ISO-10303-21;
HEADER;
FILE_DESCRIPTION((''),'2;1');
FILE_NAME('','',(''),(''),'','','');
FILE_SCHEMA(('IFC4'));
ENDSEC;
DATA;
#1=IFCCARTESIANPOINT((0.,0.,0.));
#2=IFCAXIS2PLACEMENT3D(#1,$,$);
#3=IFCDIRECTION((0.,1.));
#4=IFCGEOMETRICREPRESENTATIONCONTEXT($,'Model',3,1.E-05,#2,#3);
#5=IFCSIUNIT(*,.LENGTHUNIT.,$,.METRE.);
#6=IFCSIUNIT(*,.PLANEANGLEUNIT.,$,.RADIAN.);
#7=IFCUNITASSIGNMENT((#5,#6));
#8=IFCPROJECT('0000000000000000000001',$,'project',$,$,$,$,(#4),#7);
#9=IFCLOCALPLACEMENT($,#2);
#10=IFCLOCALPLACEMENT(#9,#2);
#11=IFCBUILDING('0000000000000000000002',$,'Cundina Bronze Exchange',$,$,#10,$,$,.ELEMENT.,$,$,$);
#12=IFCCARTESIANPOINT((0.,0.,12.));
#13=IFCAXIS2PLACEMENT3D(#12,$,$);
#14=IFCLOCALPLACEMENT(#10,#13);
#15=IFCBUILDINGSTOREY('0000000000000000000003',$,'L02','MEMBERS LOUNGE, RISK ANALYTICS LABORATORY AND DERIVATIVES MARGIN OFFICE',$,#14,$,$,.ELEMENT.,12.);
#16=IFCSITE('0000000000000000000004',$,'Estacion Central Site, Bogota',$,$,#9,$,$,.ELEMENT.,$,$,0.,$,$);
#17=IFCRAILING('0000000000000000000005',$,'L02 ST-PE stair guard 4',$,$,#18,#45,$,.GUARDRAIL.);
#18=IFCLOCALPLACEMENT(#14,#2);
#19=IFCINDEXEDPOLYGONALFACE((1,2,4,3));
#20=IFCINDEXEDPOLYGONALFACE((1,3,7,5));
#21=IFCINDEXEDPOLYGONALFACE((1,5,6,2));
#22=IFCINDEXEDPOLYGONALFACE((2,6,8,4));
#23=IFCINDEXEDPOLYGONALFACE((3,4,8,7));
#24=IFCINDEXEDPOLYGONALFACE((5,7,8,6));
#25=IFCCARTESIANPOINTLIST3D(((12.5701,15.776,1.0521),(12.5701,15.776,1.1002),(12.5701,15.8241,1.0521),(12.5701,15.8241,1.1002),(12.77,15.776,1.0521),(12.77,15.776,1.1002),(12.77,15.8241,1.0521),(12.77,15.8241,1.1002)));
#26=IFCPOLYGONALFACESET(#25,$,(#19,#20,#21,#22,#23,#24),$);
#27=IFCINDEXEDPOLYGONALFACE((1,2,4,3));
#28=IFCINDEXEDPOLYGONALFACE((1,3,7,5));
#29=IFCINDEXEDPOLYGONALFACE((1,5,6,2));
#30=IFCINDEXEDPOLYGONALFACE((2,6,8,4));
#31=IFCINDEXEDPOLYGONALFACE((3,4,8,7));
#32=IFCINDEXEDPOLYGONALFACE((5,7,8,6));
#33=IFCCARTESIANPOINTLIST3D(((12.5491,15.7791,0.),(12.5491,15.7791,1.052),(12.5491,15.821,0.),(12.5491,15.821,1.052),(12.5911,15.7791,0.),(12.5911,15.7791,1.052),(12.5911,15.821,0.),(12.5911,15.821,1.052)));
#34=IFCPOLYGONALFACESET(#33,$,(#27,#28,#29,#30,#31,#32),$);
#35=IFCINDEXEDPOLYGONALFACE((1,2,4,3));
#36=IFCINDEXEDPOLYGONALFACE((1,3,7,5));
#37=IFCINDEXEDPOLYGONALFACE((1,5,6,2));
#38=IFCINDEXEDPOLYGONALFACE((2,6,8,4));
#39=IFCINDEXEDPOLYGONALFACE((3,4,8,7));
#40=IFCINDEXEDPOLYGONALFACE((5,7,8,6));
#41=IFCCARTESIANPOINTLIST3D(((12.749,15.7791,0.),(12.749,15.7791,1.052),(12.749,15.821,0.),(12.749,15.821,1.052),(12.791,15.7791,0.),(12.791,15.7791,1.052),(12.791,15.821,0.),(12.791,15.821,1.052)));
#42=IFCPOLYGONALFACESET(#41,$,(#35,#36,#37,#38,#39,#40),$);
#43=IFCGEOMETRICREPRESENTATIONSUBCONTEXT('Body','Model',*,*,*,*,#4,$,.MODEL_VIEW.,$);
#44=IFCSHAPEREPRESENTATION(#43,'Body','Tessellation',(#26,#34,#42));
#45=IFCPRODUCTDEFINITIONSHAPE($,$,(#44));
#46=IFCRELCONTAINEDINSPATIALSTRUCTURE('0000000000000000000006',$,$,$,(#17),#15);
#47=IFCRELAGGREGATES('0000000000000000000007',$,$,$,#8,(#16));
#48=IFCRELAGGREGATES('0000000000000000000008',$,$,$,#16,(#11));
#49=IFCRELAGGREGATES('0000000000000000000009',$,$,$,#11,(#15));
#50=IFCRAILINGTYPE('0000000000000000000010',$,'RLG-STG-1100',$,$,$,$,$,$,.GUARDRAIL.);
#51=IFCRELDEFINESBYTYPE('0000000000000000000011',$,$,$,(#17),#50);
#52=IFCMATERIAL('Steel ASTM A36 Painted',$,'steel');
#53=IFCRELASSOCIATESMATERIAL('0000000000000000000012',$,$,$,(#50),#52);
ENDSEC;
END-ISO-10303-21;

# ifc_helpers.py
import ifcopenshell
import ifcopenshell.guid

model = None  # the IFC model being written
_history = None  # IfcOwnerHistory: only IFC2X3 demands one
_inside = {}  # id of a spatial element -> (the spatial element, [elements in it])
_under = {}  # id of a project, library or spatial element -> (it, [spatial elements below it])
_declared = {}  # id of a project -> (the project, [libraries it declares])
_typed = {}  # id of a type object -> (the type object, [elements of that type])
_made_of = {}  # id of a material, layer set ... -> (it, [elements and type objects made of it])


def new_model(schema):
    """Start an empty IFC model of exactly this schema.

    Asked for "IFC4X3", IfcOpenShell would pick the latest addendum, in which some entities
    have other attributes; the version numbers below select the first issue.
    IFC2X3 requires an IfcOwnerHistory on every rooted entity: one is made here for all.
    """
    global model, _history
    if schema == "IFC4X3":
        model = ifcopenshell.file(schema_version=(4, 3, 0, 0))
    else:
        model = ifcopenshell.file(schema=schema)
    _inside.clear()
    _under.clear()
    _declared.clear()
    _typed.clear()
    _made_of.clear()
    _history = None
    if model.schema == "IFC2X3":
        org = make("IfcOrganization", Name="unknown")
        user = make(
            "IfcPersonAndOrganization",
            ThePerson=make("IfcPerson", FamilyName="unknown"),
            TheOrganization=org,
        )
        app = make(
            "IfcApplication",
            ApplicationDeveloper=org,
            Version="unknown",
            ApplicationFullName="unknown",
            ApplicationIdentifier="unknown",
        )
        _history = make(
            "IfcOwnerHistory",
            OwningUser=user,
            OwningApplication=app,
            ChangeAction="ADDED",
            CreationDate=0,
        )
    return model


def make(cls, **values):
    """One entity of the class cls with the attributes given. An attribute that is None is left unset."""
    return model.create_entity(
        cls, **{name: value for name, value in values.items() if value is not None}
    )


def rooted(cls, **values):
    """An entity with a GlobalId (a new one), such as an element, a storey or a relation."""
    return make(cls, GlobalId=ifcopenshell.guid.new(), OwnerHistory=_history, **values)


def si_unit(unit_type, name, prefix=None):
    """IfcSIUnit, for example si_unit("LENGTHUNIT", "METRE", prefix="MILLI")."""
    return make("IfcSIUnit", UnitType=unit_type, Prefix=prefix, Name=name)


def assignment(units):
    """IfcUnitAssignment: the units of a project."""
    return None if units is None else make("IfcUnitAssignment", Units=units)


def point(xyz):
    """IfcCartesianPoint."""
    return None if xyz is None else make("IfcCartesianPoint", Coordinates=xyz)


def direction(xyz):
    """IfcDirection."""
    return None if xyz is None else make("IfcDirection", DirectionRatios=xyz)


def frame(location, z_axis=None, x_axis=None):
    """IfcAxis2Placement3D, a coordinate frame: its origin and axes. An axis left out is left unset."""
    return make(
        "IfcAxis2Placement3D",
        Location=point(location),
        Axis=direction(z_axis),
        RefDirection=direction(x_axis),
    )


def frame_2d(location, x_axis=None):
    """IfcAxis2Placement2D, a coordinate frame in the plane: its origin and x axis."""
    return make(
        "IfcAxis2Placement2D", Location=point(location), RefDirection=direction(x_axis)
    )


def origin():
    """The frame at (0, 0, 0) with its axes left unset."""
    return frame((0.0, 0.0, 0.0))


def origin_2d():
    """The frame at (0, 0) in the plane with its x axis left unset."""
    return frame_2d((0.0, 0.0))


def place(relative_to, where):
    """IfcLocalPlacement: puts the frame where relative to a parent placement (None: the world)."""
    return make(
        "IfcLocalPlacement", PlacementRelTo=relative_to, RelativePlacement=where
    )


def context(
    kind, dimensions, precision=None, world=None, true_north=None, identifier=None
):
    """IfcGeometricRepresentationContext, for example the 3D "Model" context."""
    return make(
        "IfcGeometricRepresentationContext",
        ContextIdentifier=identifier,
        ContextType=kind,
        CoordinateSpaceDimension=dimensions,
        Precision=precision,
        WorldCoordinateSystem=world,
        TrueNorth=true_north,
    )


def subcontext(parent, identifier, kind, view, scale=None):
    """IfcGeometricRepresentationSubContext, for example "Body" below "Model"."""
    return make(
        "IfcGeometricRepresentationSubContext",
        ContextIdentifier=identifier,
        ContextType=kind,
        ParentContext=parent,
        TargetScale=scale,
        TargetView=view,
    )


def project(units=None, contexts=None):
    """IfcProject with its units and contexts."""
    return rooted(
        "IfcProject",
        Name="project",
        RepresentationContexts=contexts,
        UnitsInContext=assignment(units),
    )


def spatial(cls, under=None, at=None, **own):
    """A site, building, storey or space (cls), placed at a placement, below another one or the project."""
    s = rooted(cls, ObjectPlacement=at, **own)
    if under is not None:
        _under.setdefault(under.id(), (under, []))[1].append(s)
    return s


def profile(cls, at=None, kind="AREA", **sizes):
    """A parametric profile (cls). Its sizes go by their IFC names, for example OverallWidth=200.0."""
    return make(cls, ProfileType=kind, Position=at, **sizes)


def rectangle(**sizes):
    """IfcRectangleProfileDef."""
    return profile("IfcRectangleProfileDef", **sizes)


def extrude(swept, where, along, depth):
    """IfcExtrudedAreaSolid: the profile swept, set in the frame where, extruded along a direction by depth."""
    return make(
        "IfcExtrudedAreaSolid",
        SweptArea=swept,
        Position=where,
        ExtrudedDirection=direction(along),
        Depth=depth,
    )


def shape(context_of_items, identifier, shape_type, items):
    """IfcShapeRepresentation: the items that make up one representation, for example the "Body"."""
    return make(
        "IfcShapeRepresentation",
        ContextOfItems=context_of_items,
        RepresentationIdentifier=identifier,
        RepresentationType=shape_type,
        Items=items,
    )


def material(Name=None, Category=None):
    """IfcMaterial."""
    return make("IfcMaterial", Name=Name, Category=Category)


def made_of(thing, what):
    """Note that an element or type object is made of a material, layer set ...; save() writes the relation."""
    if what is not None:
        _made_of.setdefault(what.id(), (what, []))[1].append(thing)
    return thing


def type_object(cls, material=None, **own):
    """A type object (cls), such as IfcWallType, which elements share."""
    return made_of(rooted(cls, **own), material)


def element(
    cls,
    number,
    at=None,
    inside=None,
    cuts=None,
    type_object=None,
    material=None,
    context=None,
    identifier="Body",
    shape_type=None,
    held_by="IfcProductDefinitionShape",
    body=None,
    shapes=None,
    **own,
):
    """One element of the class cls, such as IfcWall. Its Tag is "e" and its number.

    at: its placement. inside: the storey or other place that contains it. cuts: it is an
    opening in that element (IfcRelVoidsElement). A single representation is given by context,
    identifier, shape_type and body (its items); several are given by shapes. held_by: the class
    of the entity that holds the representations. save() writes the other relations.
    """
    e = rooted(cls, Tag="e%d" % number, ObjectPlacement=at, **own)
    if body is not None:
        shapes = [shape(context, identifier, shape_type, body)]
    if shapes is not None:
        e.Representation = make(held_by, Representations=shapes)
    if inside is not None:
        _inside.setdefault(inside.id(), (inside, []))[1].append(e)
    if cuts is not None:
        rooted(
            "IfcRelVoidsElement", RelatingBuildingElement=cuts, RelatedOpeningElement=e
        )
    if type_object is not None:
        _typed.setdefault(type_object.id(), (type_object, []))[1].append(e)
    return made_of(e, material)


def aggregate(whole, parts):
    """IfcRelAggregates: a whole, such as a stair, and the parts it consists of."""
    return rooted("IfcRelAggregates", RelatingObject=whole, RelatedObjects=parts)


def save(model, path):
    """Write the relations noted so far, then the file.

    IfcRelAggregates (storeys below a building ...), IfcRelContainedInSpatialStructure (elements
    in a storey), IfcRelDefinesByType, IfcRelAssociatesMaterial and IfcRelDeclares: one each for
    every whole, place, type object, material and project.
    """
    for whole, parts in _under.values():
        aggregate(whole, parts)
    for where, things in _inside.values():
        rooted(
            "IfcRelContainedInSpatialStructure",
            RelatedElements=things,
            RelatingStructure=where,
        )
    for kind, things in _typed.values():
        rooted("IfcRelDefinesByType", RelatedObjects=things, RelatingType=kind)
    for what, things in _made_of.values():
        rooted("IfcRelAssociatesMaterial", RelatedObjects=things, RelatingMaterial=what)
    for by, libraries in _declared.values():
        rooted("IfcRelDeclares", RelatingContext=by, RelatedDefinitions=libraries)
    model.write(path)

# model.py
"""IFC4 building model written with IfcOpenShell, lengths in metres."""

from ifc_helpers import new_model, si_unit, direction, frame, origin, origin_2d, place, context, subcontext, project, spatial, rectangle, extrude, material, type_object, element, save


model = new_model("IFC4")

# Units and contexts
model_context = context("Model", 3, precision=1e-05, world=origin(), true_north=direction((0.0, 1.0)))
body_context = subcontext(model_context, "Body", "Model", "MODEL_VIEW")
ifc_project = project(units=[si_unit("LENGTHUNIT", "METRE"), si_unit("PLANEANGLEUNIT", "RADIAN")], contexts=[model_context])

# Site, building, storey
site_placement = place(None, origin())
site = spatial("IfcSite", under=ifc_project, at=site_placement, Name="Estacion Central Site, Bogota", CompositionType="ELEMENT", RefElevation=0.0)
building_placement = place(site_placement, origin())
building = spatial("IfcBuilding", under=site, at=building_placement, Name="Cundina Bronze Exchange", CompositionType="ELEMENT")
storey_placement = place(building_placement, frame((0.0, 0.0, 12.0)))
storey = spatial("IfcBuildingStorey", under=building, at=storey_placement, Name="L02", Description="MEMBERS LOUNGE, RISK ANALYTICS LABORATORY AND DERIVATIVES MARGIN OFFICE", CompositionType="ELEMENT", Elevation=12.0)

# Shared definitions
ifc_material_1 = material(Name="Steel ASTM A36 Painted", Category="steel")

# Railing
railing_type_1 = type_object("IfcRailingType", Name="RLG-STG-1100", PredefinedType="GUARDRAIL", material=ifc_material_1)
railing_1_placement = place(storey_placement, frame((12.5701, 15.8, 0.0)))
element("IfcRailing", 1, at=railing_1_placement, inside=storey, type_object=railing_type_1, Name="L02 ST-PE stair guard 4", PredefinedType="GUARDRAIL", context=body_context, shape_type="SweptSolid", body=[
    extrude(rectangle(XDim=0.0481, YDim=0.0481, at=origin_2d()), frame((0.0, 0.0, 1.0762), z_axis=(1.0, 0.0, 0.0), x_axis=(0.0, 1.0, 0.0)), (0.0, 0.0, 1.0), 0.2),
    extrude(rectangle(XDim=0.042, YDim=0.042, at=origin_2d()), origin(), (0.0, 0.0, 1.0), 1.052),
    extrude(rectangle(XDim=0.042, YDim=0.042, at=origin_2d()), frame((0.2, 0.0, 0.0)), (0.0, 0.0, 1.0), 1.052),
])

save(model, "model.ifc")
